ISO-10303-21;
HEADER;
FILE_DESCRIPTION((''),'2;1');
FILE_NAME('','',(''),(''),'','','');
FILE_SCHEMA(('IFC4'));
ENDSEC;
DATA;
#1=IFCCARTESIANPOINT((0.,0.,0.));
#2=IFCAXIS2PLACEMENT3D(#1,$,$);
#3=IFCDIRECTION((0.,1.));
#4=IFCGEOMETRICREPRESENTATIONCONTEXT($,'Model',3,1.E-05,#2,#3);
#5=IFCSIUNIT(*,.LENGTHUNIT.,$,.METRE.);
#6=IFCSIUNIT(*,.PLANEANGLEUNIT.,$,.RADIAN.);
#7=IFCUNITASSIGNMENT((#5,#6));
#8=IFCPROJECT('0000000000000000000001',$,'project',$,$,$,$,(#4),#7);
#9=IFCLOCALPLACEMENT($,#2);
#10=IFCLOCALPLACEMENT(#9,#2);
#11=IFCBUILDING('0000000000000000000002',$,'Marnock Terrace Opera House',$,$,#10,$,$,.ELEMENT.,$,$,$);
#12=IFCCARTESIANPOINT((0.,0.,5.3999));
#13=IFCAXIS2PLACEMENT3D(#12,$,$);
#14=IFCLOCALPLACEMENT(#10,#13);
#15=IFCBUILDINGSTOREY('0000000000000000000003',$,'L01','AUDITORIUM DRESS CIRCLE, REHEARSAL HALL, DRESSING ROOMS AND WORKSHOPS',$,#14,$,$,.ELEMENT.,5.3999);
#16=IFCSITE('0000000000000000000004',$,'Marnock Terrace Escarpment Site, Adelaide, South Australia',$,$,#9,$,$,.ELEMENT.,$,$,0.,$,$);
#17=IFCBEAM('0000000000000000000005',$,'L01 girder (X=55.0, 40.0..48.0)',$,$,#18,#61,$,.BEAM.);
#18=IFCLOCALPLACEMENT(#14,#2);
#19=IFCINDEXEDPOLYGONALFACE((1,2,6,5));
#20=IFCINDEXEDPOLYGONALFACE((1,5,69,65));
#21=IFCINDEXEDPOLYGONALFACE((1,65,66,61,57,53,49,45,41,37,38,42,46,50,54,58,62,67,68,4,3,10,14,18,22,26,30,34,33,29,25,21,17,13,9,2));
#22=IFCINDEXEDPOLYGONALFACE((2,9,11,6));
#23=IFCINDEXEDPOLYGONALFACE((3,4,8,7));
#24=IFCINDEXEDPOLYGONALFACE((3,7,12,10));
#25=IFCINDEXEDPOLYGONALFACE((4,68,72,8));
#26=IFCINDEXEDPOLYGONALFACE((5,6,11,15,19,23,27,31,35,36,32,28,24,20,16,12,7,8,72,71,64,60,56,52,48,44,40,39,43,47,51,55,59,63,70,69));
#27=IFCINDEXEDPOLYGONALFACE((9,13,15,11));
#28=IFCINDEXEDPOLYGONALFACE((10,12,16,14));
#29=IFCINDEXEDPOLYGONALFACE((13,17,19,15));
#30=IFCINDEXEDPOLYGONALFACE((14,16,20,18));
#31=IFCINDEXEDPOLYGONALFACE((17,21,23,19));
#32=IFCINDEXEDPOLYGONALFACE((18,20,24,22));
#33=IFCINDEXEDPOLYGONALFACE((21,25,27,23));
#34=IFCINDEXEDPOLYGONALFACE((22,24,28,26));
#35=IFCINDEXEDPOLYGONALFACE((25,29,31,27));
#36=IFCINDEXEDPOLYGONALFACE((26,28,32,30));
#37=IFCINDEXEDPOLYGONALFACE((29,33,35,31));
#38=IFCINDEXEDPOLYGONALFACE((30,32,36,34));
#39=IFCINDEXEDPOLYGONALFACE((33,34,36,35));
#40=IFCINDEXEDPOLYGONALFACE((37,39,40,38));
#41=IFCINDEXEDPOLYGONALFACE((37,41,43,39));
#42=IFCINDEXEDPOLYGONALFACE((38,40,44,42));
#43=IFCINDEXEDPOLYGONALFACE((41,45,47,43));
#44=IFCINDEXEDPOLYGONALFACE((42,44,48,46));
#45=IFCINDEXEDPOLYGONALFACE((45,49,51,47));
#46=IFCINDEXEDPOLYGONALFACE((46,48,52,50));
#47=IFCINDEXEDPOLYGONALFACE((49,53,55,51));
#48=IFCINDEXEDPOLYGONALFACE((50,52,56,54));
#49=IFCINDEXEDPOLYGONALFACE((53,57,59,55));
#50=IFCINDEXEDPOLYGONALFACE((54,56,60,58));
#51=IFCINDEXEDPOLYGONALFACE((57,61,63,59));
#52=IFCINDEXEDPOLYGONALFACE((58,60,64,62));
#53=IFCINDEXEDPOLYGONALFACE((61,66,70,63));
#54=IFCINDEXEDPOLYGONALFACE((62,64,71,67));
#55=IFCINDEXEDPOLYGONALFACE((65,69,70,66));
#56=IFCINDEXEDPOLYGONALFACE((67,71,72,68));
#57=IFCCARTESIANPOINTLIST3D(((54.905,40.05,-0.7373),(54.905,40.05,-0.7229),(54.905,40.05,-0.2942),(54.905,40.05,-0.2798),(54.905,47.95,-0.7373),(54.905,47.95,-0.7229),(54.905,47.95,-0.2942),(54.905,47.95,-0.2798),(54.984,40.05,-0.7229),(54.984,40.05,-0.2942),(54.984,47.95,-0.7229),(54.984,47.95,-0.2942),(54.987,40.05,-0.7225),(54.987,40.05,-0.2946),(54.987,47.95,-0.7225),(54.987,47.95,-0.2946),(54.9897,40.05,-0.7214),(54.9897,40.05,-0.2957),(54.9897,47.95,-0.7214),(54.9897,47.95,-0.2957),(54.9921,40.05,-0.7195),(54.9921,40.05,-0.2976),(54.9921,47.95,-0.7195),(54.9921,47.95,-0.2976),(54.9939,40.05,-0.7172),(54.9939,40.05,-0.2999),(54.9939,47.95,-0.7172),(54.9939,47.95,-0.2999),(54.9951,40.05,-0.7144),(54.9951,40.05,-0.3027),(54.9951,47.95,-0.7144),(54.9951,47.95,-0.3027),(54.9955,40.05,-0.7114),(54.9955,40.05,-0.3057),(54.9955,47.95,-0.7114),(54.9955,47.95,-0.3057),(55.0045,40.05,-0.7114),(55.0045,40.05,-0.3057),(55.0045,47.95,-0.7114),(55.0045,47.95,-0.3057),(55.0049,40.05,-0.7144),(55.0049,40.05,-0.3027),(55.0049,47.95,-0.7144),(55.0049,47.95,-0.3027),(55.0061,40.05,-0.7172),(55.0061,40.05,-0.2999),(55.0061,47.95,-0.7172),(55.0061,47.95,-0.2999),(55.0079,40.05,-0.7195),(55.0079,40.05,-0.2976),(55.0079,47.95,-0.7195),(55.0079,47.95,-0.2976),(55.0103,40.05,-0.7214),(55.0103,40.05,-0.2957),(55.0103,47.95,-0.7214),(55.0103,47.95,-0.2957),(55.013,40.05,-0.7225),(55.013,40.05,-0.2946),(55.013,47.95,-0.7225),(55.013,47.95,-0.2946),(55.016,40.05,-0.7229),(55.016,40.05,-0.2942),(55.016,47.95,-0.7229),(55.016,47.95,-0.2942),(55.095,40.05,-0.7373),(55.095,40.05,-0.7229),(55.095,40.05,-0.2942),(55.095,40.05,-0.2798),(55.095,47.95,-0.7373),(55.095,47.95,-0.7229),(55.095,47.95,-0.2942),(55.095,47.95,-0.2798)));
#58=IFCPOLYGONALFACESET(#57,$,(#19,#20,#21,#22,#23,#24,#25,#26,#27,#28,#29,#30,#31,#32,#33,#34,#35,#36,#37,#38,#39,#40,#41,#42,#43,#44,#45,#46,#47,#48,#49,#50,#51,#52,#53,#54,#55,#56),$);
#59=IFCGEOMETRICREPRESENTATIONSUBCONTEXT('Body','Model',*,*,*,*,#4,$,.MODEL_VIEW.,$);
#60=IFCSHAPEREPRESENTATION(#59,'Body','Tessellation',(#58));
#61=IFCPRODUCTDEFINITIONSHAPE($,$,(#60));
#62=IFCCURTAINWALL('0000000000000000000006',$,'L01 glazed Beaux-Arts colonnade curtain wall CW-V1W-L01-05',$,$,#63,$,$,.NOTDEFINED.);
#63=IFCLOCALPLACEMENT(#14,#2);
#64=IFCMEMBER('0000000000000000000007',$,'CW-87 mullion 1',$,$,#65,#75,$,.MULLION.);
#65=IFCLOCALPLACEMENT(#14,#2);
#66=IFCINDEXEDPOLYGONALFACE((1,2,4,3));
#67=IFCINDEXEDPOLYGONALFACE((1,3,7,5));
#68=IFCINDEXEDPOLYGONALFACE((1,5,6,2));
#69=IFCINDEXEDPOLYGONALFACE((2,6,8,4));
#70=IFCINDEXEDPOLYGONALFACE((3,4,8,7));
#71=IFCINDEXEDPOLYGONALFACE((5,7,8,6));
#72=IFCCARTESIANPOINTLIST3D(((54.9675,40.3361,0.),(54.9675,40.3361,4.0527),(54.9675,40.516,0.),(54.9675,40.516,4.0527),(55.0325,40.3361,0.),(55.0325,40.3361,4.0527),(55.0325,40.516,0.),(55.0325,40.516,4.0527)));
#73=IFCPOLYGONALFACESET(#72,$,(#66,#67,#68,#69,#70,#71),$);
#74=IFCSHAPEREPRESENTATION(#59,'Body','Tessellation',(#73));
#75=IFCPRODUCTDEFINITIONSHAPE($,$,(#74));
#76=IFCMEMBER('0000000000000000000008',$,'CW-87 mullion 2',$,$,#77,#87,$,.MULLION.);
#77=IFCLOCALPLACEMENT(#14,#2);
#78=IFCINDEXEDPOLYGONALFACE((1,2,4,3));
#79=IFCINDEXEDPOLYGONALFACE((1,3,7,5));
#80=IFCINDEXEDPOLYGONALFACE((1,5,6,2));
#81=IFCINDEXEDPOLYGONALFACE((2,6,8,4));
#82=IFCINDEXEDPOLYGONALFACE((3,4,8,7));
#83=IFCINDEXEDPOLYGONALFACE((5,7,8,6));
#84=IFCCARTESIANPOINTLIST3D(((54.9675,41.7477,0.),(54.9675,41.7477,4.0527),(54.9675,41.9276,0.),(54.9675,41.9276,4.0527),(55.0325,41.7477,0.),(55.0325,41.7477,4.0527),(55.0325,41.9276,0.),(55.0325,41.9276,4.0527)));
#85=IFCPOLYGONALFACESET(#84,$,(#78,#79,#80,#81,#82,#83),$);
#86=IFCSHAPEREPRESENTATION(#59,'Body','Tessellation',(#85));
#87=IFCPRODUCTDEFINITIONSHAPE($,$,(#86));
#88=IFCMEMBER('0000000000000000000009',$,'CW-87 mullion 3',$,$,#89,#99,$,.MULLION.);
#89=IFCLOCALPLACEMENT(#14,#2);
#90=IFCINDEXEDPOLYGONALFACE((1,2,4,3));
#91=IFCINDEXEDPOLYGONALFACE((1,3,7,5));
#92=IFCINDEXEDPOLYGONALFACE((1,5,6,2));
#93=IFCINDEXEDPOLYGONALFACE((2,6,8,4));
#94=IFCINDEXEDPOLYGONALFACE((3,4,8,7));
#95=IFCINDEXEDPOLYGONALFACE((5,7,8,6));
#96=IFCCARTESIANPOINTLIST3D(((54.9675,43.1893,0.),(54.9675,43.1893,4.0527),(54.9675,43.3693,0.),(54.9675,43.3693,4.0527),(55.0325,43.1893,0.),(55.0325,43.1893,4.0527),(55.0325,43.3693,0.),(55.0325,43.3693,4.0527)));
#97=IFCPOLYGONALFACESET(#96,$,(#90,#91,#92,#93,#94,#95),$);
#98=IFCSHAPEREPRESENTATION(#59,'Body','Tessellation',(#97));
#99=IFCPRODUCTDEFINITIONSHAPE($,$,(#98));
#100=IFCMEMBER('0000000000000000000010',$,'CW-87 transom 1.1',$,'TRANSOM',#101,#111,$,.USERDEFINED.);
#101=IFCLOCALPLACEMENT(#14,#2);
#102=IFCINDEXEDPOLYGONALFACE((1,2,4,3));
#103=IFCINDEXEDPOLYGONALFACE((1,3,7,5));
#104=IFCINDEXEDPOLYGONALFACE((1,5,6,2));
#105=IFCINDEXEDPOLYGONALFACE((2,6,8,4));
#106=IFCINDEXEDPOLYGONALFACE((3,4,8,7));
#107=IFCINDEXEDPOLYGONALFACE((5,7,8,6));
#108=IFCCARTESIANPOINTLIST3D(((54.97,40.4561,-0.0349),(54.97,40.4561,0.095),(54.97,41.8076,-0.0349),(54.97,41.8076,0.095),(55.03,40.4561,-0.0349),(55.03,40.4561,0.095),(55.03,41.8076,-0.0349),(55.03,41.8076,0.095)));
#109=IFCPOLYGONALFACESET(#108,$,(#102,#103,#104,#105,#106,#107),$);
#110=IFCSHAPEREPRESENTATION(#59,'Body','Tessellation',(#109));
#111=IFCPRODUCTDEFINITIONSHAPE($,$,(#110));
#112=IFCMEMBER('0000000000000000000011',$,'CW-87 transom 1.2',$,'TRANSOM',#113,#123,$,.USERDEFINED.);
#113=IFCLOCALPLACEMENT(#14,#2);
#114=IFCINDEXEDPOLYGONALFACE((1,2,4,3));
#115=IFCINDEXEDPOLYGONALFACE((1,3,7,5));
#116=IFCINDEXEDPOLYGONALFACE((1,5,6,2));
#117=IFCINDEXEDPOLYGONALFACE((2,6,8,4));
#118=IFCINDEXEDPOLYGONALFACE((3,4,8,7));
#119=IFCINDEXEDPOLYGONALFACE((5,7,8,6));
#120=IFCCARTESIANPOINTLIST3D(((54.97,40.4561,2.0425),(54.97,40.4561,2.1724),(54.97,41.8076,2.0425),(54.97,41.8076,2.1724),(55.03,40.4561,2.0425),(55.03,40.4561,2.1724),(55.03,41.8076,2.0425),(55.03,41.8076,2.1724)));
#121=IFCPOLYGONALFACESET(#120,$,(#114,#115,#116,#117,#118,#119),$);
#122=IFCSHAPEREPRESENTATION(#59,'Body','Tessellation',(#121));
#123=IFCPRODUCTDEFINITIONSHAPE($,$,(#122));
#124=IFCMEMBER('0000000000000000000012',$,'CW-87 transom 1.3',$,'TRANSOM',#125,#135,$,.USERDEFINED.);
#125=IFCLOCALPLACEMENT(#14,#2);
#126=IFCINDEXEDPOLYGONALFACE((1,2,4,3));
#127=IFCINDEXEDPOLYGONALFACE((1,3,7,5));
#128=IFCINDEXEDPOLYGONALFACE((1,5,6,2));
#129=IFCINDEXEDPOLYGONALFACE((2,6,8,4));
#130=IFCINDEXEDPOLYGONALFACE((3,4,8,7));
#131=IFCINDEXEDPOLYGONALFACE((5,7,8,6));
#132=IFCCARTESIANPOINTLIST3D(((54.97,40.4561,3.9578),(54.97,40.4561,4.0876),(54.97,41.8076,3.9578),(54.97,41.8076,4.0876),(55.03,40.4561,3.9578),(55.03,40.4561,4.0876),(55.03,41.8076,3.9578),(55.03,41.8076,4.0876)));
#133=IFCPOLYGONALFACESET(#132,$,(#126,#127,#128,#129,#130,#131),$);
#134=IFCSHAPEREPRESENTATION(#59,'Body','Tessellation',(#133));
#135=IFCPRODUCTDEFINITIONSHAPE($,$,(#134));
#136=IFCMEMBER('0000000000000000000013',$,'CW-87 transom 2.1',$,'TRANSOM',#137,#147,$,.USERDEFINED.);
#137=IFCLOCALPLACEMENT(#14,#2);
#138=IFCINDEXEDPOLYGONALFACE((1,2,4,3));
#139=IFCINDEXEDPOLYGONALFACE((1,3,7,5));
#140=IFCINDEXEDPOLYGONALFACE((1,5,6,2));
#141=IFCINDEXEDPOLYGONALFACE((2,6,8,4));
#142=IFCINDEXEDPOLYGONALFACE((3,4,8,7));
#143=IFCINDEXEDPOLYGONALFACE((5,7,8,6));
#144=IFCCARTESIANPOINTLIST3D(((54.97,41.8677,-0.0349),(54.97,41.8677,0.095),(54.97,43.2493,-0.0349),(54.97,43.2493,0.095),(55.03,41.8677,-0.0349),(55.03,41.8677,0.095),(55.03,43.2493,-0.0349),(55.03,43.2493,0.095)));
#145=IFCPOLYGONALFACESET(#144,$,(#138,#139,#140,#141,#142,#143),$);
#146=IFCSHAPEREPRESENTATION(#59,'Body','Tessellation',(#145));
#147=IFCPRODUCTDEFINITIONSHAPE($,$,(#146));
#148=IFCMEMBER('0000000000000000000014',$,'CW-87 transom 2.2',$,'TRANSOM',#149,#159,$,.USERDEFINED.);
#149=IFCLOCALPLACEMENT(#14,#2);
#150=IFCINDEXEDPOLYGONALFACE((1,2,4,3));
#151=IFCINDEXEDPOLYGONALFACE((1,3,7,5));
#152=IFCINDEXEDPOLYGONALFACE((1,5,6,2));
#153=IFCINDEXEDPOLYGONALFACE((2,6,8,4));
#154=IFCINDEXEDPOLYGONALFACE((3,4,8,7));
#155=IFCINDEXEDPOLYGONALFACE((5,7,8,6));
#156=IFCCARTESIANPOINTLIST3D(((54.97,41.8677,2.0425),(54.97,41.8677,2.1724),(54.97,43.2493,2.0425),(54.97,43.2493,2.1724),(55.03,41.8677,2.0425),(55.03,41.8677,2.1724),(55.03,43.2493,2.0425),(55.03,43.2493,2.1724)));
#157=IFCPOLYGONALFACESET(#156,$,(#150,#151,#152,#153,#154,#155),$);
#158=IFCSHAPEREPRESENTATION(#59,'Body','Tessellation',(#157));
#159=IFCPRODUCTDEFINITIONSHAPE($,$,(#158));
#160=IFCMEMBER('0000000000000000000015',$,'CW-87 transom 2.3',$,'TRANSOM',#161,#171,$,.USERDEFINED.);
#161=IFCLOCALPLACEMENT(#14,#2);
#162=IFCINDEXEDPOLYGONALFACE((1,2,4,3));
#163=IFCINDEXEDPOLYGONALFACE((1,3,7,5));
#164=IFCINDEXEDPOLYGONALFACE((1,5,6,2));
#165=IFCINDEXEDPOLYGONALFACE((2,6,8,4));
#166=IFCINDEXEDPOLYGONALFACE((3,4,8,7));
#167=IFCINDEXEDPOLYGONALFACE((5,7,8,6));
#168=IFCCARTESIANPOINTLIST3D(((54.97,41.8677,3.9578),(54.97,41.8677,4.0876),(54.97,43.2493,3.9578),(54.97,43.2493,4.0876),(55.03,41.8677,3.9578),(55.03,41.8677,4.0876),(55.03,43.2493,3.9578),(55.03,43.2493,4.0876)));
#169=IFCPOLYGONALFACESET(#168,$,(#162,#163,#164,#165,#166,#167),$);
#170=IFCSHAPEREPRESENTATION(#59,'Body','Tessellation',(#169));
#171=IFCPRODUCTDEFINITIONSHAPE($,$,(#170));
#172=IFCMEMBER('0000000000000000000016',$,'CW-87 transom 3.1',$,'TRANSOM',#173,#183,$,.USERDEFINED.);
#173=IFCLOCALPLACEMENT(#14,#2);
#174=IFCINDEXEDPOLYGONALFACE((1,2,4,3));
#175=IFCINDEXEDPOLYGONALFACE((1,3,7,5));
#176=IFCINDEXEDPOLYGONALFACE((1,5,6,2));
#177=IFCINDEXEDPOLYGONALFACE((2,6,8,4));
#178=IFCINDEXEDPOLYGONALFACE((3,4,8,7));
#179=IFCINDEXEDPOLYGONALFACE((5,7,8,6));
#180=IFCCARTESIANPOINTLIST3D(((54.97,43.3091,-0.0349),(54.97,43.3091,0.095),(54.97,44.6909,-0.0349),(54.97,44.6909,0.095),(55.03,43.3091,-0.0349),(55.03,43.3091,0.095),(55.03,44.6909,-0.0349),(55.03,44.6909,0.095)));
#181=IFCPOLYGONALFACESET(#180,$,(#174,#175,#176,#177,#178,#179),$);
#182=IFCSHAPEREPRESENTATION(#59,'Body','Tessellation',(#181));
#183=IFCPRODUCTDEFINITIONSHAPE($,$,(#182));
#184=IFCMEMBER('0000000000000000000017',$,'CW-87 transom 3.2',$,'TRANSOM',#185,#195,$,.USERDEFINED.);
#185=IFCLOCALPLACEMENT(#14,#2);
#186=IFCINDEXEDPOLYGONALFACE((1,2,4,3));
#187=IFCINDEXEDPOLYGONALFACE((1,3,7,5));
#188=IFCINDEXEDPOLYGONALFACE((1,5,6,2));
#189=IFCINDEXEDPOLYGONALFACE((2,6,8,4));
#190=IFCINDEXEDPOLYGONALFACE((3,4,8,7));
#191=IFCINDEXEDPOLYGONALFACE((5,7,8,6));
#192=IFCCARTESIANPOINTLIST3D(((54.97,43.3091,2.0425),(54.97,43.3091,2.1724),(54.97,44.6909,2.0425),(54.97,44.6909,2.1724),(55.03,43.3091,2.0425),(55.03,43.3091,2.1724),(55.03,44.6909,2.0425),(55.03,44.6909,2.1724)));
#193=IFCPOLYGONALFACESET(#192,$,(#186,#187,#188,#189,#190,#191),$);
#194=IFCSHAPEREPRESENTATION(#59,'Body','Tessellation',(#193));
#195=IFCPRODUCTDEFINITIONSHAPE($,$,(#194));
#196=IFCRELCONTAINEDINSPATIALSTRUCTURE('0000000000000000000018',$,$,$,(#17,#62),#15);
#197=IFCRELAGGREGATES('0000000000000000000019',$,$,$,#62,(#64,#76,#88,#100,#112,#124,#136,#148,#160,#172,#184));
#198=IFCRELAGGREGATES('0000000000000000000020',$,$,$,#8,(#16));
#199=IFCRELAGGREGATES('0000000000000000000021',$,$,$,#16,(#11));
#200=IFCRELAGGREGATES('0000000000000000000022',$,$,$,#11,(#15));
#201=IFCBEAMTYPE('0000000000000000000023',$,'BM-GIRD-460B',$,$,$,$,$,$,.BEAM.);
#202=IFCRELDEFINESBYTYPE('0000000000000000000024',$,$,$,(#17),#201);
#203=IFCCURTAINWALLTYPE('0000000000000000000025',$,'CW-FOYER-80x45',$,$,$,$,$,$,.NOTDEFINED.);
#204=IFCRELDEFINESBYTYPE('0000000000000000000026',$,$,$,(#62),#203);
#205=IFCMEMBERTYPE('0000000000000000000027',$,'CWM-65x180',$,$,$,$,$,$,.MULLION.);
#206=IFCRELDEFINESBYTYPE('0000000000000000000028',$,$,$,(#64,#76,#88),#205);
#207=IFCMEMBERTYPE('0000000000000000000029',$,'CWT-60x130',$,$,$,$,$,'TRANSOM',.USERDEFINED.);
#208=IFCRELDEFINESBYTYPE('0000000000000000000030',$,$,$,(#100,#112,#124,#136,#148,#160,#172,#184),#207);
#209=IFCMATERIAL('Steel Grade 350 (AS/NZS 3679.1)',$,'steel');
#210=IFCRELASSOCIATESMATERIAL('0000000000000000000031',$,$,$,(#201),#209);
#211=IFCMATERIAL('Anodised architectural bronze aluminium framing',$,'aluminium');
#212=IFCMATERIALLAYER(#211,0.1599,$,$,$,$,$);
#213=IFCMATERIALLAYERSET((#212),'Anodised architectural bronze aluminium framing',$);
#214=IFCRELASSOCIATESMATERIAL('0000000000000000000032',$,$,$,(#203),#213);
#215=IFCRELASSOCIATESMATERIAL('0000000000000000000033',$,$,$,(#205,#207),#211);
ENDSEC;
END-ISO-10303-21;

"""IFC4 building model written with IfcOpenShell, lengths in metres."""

from ifc_helpers import new_model, si_unit, direction, frame, origin, origin_2d, place, context, subcontext, project, spatial, rectangle, i_section, extrude, material, layer, layer_set, material_profile, profile_set, type_object, element, aggregate, save


model = new_model("IFC4")

# Units and contexts
model_context = context("Model", 3, precision=1e-05, world=origin(), true_north=direction((0.0, 1.0)))
body_context = subcontext(model_context, "Body", "Model", "MODEL_VIEW")
ifc_project = project(units=[si_unit("LENGTHUNIT", "METRE"), si_unit("PLANEANGLEUNIT", "RADIAN")], contexts=[model_context])

# Site, building, storey
site_placement = place(None, origin())
site = spatial("IfcSite", under=ifc_project, at=site_placement, Name="Marnock Terrace Escarpment Site, Adelaide, South Australia", CompositionType="ELEMENT", RefElevation=0.0)
building_placement = place(site_placement, origin())
building = spatial("IfcBuilding", under=site, at=building_placement, Name="Marnock Terrace Opera House", CompositionType="ELEMENT")
storey_placement = place(building_placement, frame((0.0, 0.0, 5.3999)))
storey = spatial("IfcBuildingStorey", under=building, at=storey_placement, Name="L01", Description="AUDITORIUM DRESS CIRCLE, REHEARSAL HALL, DRESSING ROOMS AND WORKSHOPS", CompositionType="ELEMENT", Elevation=5.3999)

# Beam
ifc_material_1 = material(Name="Steel Grade 350 (AS/NZS 3679.1)", Category="steel")
ifc_material_profile_1 = material_profile(ifc_material_1, i_section(OverallWidth=0.1899, OverallDepth=0.4575, WebThickness=0.009, FlangeThickness=0.0144, FilletRadius=0.0115, at=origin_2d()))
ifc_profile_set_1 = profile_set([ifc_material_profile_1], Name="Steel Grade 350 (AS/NZS 3679.1)")
beam_type = type_object("IfcBeamType", Name="BM-GIRD-460B", PredefinedType="BEAM", material=ifc_profile_set_1)
beam_placement = place(storey_placement, frame((55.0, 40.05, -0.5085), z_axis=(0.0, 1.0, 0.0), x_axis=(-1.0, 0.0, 0.0)))
element("IfcBeam", 1, at=beam_placement, inside=storey, type_object=beam_type, Name="L01 girder (X=55.0, 40.0..48.0)", PredefinedType="BEAM", context=body_context, shape_type="SweptSolid", body=[
    extrude(i_section(OverallWidth=0.1899, OverallDepth=0.4575, WebThickness=0.009, FlangeThickness=0.0144, FilletRadius=0.0115, at=origin_2d()), origin(), (0.0, 0.0, 1.0), 7.8999),
])

# Curtain wall, members
ifc_material_2 = material(Name="Anodised architectural bronze aluminium framing", Category="aluminium")
ifc_layer_1 = layer(ifc_material_2, 0.1599)
ifc_layer_set_1 = layer_set([ifc_layer_1], Name="Anodised architectural bronze aluminium framing")
curtain_wall_type = type_object("IfcCurtainWallType", Name="CW-FOYER-80x45", PredefinedType="NOTDEFINED", material=ifc_layer_set_1)
curtain_wall_placement = place(storey_placement, origin())
curtain_wall = element("IfcCurtainWall", 2, at=curtain_wall_placement, inside=storey, type_object=curtain_wall_type, Name="L01 glazed Beaux-Arts colonnade curtain wall CW-V1W-L01-05", PredefinedType="NOTDEFINED")
ifc_material_profile_2 = material_profile(ifc_material_2, rectangle(XDim=0.0649, YDim=0.1799, at=origin_2d()))
ifc_profile_set_2 = profile_set([ifc_material_profile_2], Name="Anodised architectural bronze aluminium framing")
member_type_1 = type_object("IfcMemberType", Name="CWM-65x180", PredefinedType="MULLION", material=ifc_profile_set_2)
member_1_placement = place(storey_placement, frame((55.0, 40.426, 0.0), z_axis=(0.0, 0.0, 1.0), x_axis=(-1.0, 0.0, 0.0)))
member_1 = element("IfcMember", 3, at=member_1_placement, type_object=member_type_1, Name="CW-87 mullion 1", PredefinedType="MULLION", context=body_context, shape_type="SweptSolid", body=[
    extrude(rectangle(XDim=0.0649, YDim=0.1799, at=origin_2d()), origin(), (0.0, 0.0, 1.0), 4.0527),
])
member_2_placement = place(storey_placement, frame((55.0, 41.8376, 0.0), z_axis=(0.0, 0.0, 1.0), x_axis=(-1.0, 0.0, 0.0)))
member_2 = element("IfcMember", 4, at=member_2_placement, type_object=member_type_1, Name="CW-87 mullion 2", PredefinedType="MULLION", context=body_context, shape_type="SweptSolid", body=[
    extrude(rectangle(XDim=0.0649, YDim=0.1799, at=origin_2d()), origin(), (0.0, 0.0, 1.0), 4.0527),
])
member_3_placement = place(storey_placement, frame((55.0, 43.2793, 0.0), z_axis=(0.0, 0.0, 1.0), x_axis=(-1.0, 0.0, 0.0)))
member_3 = element("IfcMember", 5, at=member_3_placement, type_object=member_type_1, Name="CW-87 mullion 3", PredefinedType="MULLION", context=body_context, shape_type="SweptSolid", body=[
    extrude(rectangle(XDim=0.0649, YDim=0.1799, at=origin_2d()), origin(), (0.0, 0.0, 1.0), 4.0527),
])
ifc_material_profile_3 = material_profile(ifc_material_2, rectangle(XDim=0.0601, YDim=0.1299, at=origin_2d()))
ifc_profile_set_3 = profile_set([ifc_material_profile_3], Name="Anodised architectural bronze aluminium framing")
member_type_2 = type_object("IfcMemberType", Name="CWT-60x130", ElementType="TRANSOM", PredefinedType="USERDEFINED", material=ifc_profile_set_3)
member_4_placement = place(storey_placement, frame((55.0, 40.4561, 0.03), z_axis=(0.0, 1.0, 0.0), x_axis=(-1.0, 0.0, 0.0)))
member_4 = element("IfcMember", 6, at=member_4_placement, type_object=member_type_2, Name="CW-87 transom 1.1", ObjectType="TRANSOM", PredefinedType="USERDEFINED", context=body_context, shape_type="SweptSolid", body=[
    extrude(rectangle(XDim=0.0601, YDim=0.1299, at=origin_2d()), origin(), (0.0, 0.0, 1.0), 1.3516),
])
member_5_placement = place(storey_placement, frame((55.0, 40.4561, 2.1074), z_axis=(0.0, 1.0, 0.0), x_axis=(-1.0, 0.0, 0.0)))
member_5 = element("IfcMember", 7, at=member_5_placement, type_object=member_type_2, Name="CW-87 transom 1.2", ObjectType="TRANSOM", PredefinedType="USERDEFINED", context=body_context, shape_type="SweptSolid", body=[
    extrude(rectangle(XDim=0.0601, YDim=0.1299, at=origin_2d()), origin(), (0.0, 0.0, 1.0), 1.3516),
])
member_6_placement = place(storey_placement, frame((55.0, 40.4561, 4.0227), z_axis=(0.0, 1.0, 0.0), x_axis=(-1.0, 0.0, 0.0)))
member_6 = element("IfcMember", 8, at=member_6_placement, type_object=member_type_2, Name="CW-87 transom 1.3", ObjectType="TRANSOM", PredefinedType="USERDEFINED", context=body_context, shape_type="SweptSolid", body=[
    extrude(rectangle(XDim=0.0601, YDim=0.1299, at=origin_2d()), origin(), (0.0, 0.0, 1.0), 1.3516),
])
member_7_placement = place(storey_placement, frame((55.0, 41.8677, 0.03), z_axis=(0.0, 1.0, 0.0), x_axis=(-1.0, 0.0, 0.0)))
member_7 = element("IfcMember", 9, at=member_7_placement, type_object=member_type_2, Name="CW-87 transom 2.1", ObjectType="TRANSOM", PredefinedType="USERDEFINED", context=body_context, shape_type="SweptSolid", body=[
    extrude(rectangle(XDim=0.0601, YDim=0.1299, at=origin_2d()), origin(), (0.0, 0.0, 1.0), 1.3816),
])
member_8_placement = place(storey_placement, frame((55.0, 41.8677, 2.1074), z_axis=(0.0, 1.0, 0.0), x_axis=(-1.0, 0.0, 0.0)))
member_8 = element("IfcMember", 10, at=member_8_placement, type_object=member_type_2, Name="CW-87 transom 2.2", ObjectType="TRANSOM", PredefinedType="USERDEFINED", context=body_context, shape_type="SweptSolid", body=[
    extrude(rectangle(XDim=0.0601, YDim=0.1299, at=origin_2d()), origin(), (0.0, 0.0, 1.0), 1.3816),
])
member_9_placement = place(storey_placement, frame((55.0, 41.8677, 4.0227), z_axis=(0.0, 1.0, 0.0), x_axis=(-1.0, 0.0, 0.0)))
member_9 = element("IfcMember", 11, at=member_9_placement, type_object=member_type_2, Name="CW-87 transom 2.3", ObjectType="TRANSOM", PredefinedType="USERDEFINED", context=body_context, shape_type="SweptSolid", body=[
    extrude(rectangle(XDim=0.0601, YDim=0.1299, at=origin_2d()), origin(), (0.0, 0.0, 1.0), 1.3816),
])
member_10_placement = place(storey_placement, frame((55.0, 43.3091, 0.03), z_axis=(0.0, 1.0, 0.0), x_axis=(-1.0, 0.0, 0.0)))
member_10 = element("IfcMember", 12, at=member_10_placement, type_object=member_type_2, Name="CW-87 transom 3.1", ObjectType="TRANSOM", PredefinedType="USERDEFINED", context=body_context, shape_type="SweptSolid", body=[
    extrude(rectangle(XDim=0.0601, YDim=0.1299, at=origin_2d()), origin(), (0.0, 0.0, 1.0), 1.3818),
])
member_11_placement = place(storey_placement, frame((55.0, 43.3091, 2.1074), z_axis=(0.0, 1.0, 0.0), x_axis=(-1.0, 0.0, 0.0)))
member_11 = element("IfcMember", 13, at=member_11_placement, type_object=member_type_2, Name="CW-87 transom 3.2", ObjectType="TRANSOM", PredefinedType="USERDEFINED", context=body_context, shape_type="SweptSolid", body=[
    extrude(rectangle(XDim=0.0601, YDim=0.1299, at=origin_2d()), origin(), (0.0, 0.0, 1.0), 1.3818),
])
aggregate(curtain_wall, [member_1, member_2, member_3, member_4, member_5, member_6, member_7, member_8, member_9, member_10, member_11])

save(model, "model.ifc")
